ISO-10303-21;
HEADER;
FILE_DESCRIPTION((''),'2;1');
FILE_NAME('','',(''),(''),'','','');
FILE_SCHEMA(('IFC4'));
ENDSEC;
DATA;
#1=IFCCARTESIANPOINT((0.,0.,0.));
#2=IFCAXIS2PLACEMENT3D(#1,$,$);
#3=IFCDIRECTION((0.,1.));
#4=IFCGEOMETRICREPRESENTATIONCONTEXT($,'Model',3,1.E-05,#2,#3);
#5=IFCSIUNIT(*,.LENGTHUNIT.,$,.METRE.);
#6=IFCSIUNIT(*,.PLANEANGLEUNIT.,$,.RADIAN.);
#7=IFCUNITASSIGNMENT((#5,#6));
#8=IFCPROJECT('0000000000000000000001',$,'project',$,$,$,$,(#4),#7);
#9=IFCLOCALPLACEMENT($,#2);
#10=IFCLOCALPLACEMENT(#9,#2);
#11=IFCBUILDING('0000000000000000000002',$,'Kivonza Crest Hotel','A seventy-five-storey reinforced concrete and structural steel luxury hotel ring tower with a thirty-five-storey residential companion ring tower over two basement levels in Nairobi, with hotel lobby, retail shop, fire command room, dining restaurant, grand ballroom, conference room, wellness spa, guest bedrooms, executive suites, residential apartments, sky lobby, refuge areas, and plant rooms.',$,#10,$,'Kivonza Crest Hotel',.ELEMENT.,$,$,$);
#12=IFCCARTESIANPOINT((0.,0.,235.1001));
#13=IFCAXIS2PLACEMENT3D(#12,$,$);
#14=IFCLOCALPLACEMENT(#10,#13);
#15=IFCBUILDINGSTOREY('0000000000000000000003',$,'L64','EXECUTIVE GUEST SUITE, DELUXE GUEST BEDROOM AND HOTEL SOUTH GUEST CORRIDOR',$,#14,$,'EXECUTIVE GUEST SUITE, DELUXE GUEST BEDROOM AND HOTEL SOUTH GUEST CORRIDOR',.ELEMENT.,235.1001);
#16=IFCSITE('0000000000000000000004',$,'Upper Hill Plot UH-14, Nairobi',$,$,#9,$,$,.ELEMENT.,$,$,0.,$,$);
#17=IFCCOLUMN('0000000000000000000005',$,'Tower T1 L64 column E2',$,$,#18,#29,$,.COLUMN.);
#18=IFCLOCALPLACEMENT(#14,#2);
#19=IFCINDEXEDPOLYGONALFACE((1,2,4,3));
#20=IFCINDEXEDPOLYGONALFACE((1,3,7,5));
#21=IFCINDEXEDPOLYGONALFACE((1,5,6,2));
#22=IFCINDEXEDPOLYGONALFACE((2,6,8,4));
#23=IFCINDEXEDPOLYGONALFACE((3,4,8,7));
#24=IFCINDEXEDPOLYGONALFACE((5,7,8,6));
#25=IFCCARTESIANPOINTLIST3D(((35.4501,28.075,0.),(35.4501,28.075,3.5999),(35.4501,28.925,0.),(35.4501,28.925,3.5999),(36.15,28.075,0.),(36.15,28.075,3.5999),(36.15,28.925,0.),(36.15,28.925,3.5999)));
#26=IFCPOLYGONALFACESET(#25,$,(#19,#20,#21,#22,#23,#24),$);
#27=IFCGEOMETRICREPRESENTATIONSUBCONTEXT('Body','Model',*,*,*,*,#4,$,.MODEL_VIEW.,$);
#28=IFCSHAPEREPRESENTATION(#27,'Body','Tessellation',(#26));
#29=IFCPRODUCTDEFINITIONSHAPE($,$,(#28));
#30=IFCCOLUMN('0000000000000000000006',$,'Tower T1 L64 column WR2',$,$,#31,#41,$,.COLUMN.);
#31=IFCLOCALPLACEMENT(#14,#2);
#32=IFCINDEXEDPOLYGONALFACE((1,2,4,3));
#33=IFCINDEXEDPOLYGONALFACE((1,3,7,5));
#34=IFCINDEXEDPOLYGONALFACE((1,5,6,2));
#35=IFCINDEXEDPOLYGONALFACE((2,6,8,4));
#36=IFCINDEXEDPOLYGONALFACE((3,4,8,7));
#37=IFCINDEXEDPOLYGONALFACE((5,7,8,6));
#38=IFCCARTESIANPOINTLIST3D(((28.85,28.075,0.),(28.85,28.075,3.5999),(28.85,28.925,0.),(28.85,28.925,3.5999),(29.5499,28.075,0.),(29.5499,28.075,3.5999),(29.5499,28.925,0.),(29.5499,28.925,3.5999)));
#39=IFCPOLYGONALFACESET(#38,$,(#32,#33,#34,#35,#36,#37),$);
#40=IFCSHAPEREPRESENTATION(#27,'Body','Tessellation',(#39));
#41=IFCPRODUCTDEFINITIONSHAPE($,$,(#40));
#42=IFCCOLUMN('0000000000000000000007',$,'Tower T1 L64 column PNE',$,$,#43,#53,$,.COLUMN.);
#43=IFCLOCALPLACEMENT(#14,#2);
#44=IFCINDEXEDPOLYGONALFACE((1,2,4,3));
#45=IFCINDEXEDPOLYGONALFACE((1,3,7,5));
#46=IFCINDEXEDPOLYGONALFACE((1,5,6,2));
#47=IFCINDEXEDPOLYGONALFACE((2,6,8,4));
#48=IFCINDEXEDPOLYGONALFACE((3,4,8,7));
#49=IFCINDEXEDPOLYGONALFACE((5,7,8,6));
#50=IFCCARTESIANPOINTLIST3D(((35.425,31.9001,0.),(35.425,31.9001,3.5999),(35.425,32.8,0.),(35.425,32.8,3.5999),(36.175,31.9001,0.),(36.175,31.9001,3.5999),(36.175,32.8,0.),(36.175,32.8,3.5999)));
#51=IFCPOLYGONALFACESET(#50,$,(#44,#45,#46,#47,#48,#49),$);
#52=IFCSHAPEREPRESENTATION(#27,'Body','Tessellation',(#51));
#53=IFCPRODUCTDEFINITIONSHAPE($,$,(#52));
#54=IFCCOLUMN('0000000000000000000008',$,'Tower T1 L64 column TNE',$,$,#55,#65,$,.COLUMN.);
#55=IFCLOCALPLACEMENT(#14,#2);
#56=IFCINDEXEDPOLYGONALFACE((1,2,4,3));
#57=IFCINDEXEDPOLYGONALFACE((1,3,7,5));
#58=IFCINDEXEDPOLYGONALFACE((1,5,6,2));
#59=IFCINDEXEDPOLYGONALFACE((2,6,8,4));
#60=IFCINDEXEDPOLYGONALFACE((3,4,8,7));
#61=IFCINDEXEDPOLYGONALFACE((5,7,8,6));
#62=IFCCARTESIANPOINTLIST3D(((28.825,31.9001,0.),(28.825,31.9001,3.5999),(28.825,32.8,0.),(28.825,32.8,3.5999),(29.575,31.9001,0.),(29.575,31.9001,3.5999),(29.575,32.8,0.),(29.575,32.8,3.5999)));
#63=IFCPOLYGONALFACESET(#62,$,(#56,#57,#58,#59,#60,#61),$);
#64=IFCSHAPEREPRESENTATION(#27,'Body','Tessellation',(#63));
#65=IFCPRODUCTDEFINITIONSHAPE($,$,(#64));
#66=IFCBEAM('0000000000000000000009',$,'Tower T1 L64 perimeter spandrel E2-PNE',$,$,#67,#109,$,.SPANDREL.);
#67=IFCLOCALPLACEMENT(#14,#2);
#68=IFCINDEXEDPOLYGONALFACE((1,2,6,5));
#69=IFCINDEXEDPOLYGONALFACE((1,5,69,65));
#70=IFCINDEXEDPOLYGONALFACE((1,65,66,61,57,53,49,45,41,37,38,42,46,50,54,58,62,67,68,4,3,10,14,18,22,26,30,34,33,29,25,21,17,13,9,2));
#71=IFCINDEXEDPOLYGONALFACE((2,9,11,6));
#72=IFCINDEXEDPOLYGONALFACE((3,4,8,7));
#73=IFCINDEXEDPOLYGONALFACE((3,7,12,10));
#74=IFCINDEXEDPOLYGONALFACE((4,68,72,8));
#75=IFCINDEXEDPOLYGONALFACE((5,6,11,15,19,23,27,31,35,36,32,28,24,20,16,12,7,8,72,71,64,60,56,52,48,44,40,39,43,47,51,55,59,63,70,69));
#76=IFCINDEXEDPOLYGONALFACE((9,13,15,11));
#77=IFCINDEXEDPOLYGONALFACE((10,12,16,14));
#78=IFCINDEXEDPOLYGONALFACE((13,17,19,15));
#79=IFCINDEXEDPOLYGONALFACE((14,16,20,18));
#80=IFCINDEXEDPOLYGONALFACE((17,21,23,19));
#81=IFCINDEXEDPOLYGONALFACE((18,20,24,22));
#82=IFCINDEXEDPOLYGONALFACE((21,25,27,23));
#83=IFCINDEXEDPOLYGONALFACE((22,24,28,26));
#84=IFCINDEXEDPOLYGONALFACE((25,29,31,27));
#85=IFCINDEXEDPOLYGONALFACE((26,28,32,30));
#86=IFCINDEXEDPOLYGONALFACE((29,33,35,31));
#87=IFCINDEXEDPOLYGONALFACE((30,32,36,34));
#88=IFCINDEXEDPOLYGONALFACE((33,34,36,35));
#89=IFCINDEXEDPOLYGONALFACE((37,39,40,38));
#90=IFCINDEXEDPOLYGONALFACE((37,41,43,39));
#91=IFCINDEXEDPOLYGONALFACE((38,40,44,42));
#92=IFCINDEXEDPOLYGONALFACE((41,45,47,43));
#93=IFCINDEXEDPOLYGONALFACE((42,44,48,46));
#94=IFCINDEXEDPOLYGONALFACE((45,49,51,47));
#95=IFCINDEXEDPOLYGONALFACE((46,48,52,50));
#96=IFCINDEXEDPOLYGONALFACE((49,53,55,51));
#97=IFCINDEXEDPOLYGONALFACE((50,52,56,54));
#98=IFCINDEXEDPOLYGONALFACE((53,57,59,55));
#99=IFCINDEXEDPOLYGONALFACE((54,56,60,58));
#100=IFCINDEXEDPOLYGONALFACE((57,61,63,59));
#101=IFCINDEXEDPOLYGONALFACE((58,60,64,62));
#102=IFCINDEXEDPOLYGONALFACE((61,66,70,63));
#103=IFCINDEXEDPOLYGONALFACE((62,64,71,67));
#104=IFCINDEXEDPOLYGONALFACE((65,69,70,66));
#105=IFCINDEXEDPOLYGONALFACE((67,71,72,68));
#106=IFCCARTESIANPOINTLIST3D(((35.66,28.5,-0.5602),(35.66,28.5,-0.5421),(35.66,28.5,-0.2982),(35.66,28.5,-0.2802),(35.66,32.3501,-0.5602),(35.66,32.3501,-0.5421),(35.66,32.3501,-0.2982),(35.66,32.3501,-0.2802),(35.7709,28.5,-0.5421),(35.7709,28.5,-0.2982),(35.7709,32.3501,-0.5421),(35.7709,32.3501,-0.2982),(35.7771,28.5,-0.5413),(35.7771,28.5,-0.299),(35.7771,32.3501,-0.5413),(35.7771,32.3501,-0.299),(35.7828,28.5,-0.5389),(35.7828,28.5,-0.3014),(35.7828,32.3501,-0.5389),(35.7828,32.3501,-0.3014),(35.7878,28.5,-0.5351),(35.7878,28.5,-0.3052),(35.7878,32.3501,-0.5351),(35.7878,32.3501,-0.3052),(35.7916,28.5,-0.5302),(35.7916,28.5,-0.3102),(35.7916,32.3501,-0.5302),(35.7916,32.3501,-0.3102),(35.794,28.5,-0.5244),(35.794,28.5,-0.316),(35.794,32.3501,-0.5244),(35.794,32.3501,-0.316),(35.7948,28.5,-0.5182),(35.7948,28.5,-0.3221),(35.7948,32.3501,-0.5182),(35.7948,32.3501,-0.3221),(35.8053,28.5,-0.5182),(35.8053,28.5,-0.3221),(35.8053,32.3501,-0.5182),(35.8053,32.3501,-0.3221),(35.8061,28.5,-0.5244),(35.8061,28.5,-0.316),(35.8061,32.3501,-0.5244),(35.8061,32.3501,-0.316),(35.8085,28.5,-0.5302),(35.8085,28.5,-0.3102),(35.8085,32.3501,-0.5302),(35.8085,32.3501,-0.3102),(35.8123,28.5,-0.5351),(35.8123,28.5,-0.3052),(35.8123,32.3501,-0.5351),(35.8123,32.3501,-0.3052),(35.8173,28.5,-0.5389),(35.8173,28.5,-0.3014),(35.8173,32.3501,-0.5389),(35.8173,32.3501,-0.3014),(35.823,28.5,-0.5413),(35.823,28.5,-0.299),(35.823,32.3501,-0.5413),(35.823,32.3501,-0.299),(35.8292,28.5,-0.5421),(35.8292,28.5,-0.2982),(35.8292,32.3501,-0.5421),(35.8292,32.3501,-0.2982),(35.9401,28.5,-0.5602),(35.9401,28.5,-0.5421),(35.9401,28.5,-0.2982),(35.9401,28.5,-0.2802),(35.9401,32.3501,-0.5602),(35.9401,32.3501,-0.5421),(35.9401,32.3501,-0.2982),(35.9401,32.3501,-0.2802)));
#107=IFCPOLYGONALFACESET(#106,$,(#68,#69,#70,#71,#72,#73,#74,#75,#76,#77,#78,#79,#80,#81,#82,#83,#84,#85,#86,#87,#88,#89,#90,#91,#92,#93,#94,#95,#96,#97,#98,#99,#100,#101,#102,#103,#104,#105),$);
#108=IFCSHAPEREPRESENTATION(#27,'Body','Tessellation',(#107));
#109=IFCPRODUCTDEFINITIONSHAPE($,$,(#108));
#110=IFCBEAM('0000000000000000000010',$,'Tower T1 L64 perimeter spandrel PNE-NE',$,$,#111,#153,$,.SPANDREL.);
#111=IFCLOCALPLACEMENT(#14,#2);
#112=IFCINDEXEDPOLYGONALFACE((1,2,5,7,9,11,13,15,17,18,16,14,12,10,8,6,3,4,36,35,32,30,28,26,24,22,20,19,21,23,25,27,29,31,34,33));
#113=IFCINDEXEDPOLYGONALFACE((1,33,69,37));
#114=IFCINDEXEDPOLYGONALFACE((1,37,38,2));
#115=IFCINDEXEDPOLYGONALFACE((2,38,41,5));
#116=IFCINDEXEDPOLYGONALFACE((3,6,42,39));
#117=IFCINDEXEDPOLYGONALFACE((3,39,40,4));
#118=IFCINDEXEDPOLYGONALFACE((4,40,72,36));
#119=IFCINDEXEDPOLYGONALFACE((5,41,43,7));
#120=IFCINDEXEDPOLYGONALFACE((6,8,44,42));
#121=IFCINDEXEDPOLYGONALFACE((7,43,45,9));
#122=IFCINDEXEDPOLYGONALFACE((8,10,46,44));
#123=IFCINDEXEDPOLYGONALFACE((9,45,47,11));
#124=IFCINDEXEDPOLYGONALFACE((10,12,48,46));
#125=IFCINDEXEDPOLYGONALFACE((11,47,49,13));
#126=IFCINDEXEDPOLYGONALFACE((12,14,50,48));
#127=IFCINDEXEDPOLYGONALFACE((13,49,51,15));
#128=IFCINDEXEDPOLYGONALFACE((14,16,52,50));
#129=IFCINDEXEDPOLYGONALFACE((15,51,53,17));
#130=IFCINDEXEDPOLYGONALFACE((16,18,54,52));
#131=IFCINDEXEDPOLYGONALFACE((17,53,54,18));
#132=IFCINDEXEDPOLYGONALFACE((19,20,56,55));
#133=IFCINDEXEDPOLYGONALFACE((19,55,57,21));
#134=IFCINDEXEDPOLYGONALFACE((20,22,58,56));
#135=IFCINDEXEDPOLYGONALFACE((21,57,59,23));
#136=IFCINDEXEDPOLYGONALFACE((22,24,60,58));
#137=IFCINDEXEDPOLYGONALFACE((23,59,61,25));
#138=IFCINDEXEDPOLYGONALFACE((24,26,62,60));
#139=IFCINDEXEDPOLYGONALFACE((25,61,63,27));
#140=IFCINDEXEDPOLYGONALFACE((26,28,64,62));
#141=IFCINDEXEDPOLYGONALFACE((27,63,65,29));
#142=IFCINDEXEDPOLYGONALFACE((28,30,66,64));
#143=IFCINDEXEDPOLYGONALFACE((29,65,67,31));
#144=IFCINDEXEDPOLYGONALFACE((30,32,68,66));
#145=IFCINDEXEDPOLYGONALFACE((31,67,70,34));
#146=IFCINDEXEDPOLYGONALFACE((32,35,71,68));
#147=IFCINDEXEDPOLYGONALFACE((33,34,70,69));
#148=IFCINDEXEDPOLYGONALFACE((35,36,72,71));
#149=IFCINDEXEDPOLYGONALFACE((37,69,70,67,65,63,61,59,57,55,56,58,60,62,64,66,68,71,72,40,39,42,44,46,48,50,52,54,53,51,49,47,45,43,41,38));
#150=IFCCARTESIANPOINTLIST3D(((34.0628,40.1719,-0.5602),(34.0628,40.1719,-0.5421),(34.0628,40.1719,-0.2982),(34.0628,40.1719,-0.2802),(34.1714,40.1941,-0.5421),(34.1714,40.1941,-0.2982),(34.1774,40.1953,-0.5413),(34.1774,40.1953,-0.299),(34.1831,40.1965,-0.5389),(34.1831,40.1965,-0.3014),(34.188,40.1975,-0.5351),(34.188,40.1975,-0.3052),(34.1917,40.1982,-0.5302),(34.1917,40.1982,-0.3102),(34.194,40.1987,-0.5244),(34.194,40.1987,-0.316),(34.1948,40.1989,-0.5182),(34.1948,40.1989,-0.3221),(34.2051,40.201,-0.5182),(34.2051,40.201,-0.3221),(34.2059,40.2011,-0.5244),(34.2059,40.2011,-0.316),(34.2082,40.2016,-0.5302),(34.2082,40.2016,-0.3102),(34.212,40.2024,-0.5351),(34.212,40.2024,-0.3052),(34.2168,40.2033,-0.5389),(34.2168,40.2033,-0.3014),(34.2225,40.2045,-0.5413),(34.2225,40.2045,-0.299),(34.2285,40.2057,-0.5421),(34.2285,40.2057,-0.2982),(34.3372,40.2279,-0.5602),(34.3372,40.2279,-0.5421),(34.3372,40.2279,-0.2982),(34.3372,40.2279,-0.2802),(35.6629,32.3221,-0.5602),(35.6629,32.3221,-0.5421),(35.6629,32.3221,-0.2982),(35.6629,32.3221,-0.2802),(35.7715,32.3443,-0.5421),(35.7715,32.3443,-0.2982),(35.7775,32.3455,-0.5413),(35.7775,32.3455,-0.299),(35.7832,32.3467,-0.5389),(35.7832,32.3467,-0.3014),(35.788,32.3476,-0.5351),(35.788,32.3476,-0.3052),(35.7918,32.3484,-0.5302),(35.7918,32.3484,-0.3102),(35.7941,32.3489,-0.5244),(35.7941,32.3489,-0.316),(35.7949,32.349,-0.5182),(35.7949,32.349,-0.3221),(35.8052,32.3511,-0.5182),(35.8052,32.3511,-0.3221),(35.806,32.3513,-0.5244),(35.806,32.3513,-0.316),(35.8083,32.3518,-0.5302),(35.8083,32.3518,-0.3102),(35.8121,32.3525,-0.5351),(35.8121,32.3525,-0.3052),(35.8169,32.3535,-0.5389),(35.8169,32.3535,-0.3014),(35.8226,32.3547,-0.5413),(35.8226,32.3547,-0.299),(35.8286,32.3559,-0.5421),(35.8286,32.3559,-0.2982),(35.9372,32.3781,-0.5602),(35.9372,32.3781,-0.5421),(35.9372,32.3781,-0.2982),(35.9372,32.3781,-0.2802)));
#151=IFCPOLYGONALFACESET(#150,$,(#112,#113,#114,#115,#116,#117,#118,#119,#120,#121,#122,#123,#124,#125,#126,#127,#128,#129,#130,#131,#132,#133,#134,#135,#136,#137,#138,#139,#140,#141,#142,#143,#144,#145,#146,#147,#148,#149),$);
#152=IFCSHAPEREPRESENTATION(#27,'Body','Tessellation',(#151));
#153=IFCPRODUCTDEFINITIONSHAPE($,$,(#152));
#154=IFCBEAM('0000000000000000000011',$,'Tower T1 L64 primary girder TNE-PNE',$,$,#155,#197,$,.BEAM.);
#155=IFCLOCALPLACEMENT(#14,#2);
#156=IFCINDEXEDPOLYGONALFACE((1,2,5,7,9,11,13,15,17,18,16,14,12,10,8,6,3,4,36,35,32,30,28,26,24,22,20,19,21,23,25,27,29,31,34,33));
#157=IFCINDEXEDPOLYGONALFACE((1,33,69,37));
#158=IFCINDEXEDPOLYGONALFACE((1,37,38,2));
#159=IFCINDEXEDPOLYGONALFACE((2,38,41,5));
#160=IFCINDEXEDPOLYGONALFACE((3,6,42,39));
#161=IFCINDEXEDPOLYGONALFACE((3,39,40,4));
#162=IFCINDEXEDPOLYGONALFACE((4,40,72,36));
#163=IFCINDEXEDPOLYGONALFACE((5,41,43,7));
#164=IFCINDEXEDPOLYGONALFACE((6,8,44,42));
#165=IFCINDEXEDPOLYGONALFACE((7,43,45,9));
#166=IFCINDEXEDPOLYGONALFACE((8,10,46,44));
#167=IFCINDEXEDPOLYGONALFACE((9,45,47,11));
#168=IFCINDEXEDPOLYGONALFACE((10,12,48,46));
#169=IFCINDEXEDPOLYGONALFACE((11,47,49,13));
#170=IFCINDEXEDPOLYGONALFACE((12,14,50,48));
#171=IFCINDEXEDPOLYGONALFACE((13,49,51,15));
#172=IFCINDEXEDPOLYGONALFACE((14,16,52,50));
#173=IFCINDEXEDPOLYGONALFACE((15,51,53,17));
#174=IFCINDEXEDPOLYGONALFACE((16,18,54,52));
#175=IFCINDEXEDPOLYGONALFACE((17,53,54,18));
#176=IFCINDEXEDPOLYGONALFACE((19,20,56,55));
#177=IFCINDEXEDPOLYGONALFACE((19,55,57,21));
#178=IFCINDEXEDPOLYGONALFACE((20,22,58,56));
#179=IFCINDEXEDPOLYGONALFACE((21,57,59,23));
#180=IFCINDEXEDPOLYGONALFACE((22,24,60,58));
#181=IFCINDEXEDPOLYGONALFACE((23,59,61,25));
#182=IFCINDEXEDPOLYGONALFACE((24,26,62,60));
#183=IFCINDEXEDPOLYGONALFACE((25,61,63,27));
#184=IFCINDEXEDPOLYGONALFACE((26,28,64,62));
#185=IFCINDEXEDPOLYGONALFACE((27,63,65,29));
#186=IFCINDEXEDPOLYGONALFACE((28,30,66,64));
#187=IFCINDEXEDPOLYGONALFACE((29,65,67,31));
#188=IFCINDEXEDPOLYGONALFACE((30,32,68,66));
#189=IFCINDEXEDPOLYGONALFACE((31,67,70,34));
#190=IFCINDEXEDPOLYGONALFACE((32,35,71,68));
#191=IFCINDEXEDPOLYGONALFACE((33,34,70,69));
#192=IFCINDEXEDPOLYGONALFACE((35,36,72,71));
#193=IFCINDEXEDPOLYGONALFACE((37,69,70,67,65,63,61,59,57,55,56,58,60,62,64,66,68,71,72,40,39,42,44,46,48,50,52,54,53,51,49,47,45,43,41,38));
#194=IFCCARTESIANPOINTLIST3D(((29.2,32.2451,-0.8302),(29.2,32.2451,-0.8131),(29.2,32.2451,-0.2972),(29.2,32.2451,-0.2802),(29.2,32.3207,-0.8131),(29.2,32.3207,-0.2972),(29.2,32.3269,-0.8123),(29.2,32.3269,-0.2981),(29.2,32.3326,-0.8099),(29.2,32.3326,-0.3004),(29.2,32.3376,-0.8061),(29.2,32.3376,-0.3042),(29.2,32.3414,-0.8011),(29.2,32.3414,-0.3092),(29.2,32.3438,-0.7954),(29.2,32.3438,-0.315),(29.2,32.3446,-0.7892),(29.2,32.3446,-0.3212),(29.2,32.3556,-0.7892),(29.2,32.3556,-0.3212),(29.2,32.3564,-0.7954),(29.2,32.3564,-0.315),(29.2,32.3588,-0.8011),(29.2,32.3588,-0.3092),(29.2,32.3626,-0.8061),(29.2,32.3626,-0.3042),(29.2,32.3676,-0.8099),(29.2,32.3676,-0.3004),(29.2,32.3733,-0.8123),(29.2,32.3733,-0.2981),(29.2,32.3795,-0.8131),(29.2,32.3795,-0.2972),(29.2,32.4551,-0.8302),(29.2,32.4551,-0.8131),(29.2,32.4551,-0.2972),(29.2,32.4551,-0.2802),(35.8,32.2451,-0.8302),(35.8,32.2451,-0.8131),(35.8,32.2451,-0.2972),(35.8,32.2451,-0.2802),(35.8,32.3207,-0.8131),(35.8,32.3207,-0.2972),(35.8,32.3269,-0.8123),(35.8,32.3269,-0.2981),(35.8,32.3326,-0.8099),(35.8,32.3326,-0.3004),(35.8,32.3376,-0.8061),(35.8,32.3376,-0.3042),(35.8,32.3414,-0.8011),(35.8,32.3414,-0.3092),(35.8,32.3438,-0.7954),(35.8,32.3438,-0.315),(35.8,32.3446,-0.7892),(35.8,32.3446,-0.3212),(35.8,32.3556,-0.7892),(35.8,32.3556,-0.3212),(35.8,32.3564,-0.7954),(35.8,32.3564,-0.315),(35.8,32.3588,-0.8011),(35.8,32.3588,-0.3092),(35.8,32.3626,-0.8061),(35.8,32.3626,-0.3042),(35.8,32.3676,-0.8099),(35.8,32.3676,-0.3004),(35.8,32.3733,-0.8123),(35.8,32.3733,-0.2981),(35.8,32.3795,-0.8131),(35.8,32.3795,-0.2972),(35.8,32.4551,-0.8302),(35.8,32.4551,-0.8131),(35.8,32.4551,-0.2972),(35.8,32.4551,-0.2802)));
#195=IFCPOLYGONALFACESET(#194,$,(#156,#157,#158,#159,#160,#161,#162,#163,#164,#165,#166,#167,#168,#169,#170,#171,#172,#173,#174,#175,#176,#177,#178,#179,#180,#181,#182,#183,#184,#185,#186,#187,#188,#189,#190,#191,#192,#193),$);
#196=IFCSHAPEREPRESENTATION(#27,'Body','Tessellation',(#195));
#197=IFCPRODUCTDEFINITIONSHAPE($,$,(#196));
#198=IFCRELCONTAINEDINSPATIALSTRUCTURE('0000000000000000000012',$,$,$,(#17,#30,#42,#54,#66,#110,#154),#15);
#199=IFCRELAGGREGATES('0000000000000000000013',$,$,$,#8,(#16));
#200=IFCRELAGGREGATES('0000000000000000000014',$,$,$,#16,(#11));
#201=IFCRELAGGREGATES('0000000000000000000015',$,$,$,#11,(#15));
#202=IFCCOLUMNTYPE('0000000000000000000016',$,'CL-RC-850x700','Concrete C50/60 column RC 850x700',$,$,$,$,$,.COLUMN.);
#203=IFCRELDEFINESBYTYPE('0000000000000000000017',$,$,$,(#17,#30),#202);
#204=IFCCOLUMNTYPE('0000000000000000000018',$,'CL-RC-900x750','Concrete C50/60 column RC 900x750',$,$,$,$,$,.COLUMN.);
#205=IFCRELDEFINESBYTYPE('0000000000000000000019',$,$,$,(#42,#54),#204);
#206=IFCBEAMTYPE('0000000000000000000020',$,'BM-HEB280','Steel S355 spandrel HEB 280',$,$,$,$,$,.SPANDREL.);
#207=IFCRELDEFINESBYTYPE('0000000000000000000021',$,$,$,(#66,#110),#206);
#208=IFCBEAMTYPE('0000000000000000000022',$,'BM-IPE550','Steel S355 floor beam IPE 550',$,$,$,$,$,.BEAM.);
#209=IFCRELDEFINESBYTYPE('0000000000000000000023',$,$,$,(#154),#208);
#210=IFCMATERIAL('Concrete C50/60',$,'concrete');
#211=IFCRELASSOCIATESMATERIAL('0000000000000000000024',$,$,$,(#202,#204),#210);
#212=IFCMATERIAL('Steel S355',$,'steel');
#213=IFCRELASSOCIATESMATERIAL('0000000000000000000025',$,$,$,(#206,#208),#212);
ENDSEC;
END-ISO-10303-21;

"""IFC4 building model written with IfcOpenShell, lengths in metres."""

from ifc_helpers import new_model, si_unit, direction, frame, origin, origin_2d, place, context, subcontext, project, spatial, rectangle, i_section, extrude, material, material_profile, profile_set, type_object, element, save


model = new_model("IFC4")

# Units and contexts
model_context = context("Model", 3, precision=1e-05, world=origin(), true_north=direction((0.0, 1.0)))
body_context = subcontext(model_context, "Body", "Model", "MODEL_VIEW")
ifc_project = project(units=[si_unit("LENGTHUNIT", "METRE"), si_unit("PLANEANGLEUNIT", "RADIAN")], contexts=[model_context])

# Site, building, storey
site_placement = place(None, origin())
site = spatial("IfcSite", under=ifc_project, at=site_placement, Name="Upper Hill Plot UH-14, Nairobi", CompositionType="ELEMENT", RefElevation=0.0)
building_placement = place(site_placement, origin())
building = spatial("IfcBuilding", under=site, at=building_placement, Name="Kivonza Crest Hotel", Description="A seventy-five-storey reinforced concrete and structural steel luxury hotel ring tower with a thirty-five-storey residential companion ring tower over two basement levels in Nairobi, with hotel lobby, retail shop, fire command room, dining restaurant, grand ballroom, conference room, wellness spa, guest bedrooms, executive suites, residential apartments, sky lobby, refuge areas, and plant rooms.", LongName="Kivonza Crest Hotel", CompositionType="ELEMENT")
storey_placement = place(building_placement, frame((0.0, 0.0, 235.1001)))
storey = spatial("IfcBuildingStorey", under=building, at=storey_placement, Name="L64", Description="EXECUTIVE GUEST SUITE, DELUXE GUEST BEDROOM AND HOTEL SOUTH GUEST CORRIDOR", LongName="EXECUTIVE GUEST SUITE, DELUXE GUEST BEDROOM AND HOTEL SOUTH GUEST CORRIDOR", CompositionType="ELEMENT", Elevation=235.1001)

# Columns
ifc_material_1 = material(Name="Concrete C50/60", Category="concrete")
ifc_material_profile_1 = material_profile(ifc_material_1, rectangle(XDim=0.7, YDim=0.8501, at=origin_2d()), Name="RC 850x700")
ifc_profile_set_1 = profile_set([ifc_material_profile_1], Name="Concrete C50/60")
column_type_1 = type_object("IfcColumnType", Name="CL-RC-850x700", Description="Concrete C50/60 column RC 850x700", PredefinedType="COLUMN", material=ifc_profile_set_1)
for number, where, z_axis, x_axis, name in (
    (1, (35.8, 28.5, 0.0), (0.0, 0.0, 1.0), (1.0, 0.0, 0.0), "Tower T1 L64 column E2"),
    (2, (29.2, 28.5, 0.0), (0.0, 0.0, 1.0), (1.0, 0.0, 0.0), "Tower T1 L64 column WR2"),
):
    element("IfcColumn", number, at=place(storey_placement, frame(where, z_axis=z_axis, x_axis=x_axis)), inside=storey, type_object=column_type_1, Name=name, PredefinedType="COLUMN", context=body_context, shape_type="SweptSolid", body=[
        extrude(rectangle(XDim=0.7, YDim=0.8501, at=origin_2d()), origin(), (0.0, 0.0, 1.0), 3.5999),
    ])
ifc_material_profile_2 = material_profile(ifc_material_1, rectangle(XDim=0.75, YDim=0.8999, at=origin_2d()), Name="RC 900x750")
ifc_profile_set_2 = profile_set([ifc_material_profile_2], Name="Concrete C50/60")
column_type_2 = type_object("IfcColumnType", Name="CL-RC-900x750", Description="Concrete C50/60 column RC 900x750", PredefinedType="COLUMN", material=ifc_profile_set_2)
for number, where, z_axis, x_axis, name in (
    (3, (35.8, 32.3501, 0.0), (0.0, 0.0, 1.0), (1.0, 0.0, 0.0), "Tower T1 L64 column PNE"),
    (4, (29.2, 32.3501, 0.0), (0.0, 0.0, 1.0), (1.0, 0.0, 0.0), "Tower T1 L64 column TNE"),
):
    element("IfcColumn", number, at=place(storey_placement, frame(where, z_axis=z_axis, x_axis=x_axis)), inside=storey, type_object=column_type_2, Name=name, PredefinedType="COLUMN", context=body_context, shape_type="SweptSolid", body=[
        extrude(rectangle(XDim=0.75, YDim=0.8999, at=origin_2d()), origin(), (0.0, 0.0, 1.0), 3.5999),
    ])

# Beams
ifc_material_2 = material(Name="Steel S355", Category="steel")
ifc_material_profile_3 = material_profile(ifc_material_2, i_section(OverallWidth=0.28, OverallDepth=0.28, WebThickness=0.0105, FlangeThickness=0.0181, FilletRadius=0.0239, at=origin_2d()), Name="HEB 280")
ifc_profile_set_3 = profile_set([ifc_material_profile_3], Name="Steel S355")
beam_type_1 = type_object("IfcBeamType", Name="BM-HEB280", Description="Steel S355 spandrel HEB 280", PredefinedType="SPANDREL", material=ifc_profile_set_3)
beam_1_placement = place(storey_placement, frame((35.8, 28.5, -0.4202), z_axis=(0.0, 1.0, 0.0), x_axis=(-1.0, 0.0, 0.0)))
element("IfcBeam", 5, at=beam_1_placement, inside=storey, type_object=beam_type_1, Name="Tower T1 L64 perimeter spandrel E2-PNE", PredefinedType="SPANDREL", context=body_context, shape_type="SweptSolid", body=[
    extrude(i_section(OverallWidth=0.28, OverallDepth=0.28, WebThickness=0.0105, FlangeThickness=0.0181, FilletRadius=0.0239, at=origin_2d()), origin(), (0.0, 0.0, 1.0), 3.8501),
])
beam_2_placement = place(storey_placement, frame((35.8, 32.3501, -0.4202), z_axis=(-0.199731, 0.979851, 0.0), x_axis=(-0.979851, -0.199731, 0.0)))
element("IfcBeam", 6, at=beam_2_placement, inside=storey, type_object=beam_type_1, Name="Tower T1 L64 perimeter spandrel PNE-NE", PredefinedType="SPANDREL", context=body_context, shape_type="SweptSolid", body=[
    extrude(i_section(OverallWidth=0.28, OverallDepth=0.28, WebThickness=0.0105, FlangeThickness=0.0181, FilletRadius=0.0239, at=origin_2d()), origin(), (0.0, 0.0, 1.0), 8.0112),
])
ifc_material_profile_4 = material_profile(ifc_material_2, i_section(OverallWidth=0.21, OverallDepth=0.55, WebThickness=0.011, FlangeThickness=0.0171, FilletRadius=0.0239, at=origin_2d()), Name="IPE 550")
ifc_profile_set_4 = profile_set([ifc_material_profile_4], Name="Steel S355")
beam_type_2 = type_object("IfcBeamType", Name="BM-IPE550", Description="Steel S355 floor beam IPE 550", PredefinedType="BEAM", material=ifc_profile_set_4)
beam_3_placement = place(storey_placement, frame((29.2, 32.3501, -0.5552), z_axis=(1.0, 0.0, 0.0), x_axis=(0.0, 1.0, 0.0)))
element("IfcBeam", 7, at=beam_3_placement, inside=storey, type_object=beam_type_2, Name="Tower T1 L64 primary girder TNE-PNE", PredefinedType="BEAM", context=body_context, shape_type="SweptSolid", body=[
    extrude(i_section(OverallWidth=0.21, OverallDepth=0.55, WebThickness=0.011, FlangeThickness=0.0171, FilletRadius=0.0239, at=origin_2d()), origin(), (0.0, 0.0, 1.0), 6.6001),
])

save(model, "model.ifc")
